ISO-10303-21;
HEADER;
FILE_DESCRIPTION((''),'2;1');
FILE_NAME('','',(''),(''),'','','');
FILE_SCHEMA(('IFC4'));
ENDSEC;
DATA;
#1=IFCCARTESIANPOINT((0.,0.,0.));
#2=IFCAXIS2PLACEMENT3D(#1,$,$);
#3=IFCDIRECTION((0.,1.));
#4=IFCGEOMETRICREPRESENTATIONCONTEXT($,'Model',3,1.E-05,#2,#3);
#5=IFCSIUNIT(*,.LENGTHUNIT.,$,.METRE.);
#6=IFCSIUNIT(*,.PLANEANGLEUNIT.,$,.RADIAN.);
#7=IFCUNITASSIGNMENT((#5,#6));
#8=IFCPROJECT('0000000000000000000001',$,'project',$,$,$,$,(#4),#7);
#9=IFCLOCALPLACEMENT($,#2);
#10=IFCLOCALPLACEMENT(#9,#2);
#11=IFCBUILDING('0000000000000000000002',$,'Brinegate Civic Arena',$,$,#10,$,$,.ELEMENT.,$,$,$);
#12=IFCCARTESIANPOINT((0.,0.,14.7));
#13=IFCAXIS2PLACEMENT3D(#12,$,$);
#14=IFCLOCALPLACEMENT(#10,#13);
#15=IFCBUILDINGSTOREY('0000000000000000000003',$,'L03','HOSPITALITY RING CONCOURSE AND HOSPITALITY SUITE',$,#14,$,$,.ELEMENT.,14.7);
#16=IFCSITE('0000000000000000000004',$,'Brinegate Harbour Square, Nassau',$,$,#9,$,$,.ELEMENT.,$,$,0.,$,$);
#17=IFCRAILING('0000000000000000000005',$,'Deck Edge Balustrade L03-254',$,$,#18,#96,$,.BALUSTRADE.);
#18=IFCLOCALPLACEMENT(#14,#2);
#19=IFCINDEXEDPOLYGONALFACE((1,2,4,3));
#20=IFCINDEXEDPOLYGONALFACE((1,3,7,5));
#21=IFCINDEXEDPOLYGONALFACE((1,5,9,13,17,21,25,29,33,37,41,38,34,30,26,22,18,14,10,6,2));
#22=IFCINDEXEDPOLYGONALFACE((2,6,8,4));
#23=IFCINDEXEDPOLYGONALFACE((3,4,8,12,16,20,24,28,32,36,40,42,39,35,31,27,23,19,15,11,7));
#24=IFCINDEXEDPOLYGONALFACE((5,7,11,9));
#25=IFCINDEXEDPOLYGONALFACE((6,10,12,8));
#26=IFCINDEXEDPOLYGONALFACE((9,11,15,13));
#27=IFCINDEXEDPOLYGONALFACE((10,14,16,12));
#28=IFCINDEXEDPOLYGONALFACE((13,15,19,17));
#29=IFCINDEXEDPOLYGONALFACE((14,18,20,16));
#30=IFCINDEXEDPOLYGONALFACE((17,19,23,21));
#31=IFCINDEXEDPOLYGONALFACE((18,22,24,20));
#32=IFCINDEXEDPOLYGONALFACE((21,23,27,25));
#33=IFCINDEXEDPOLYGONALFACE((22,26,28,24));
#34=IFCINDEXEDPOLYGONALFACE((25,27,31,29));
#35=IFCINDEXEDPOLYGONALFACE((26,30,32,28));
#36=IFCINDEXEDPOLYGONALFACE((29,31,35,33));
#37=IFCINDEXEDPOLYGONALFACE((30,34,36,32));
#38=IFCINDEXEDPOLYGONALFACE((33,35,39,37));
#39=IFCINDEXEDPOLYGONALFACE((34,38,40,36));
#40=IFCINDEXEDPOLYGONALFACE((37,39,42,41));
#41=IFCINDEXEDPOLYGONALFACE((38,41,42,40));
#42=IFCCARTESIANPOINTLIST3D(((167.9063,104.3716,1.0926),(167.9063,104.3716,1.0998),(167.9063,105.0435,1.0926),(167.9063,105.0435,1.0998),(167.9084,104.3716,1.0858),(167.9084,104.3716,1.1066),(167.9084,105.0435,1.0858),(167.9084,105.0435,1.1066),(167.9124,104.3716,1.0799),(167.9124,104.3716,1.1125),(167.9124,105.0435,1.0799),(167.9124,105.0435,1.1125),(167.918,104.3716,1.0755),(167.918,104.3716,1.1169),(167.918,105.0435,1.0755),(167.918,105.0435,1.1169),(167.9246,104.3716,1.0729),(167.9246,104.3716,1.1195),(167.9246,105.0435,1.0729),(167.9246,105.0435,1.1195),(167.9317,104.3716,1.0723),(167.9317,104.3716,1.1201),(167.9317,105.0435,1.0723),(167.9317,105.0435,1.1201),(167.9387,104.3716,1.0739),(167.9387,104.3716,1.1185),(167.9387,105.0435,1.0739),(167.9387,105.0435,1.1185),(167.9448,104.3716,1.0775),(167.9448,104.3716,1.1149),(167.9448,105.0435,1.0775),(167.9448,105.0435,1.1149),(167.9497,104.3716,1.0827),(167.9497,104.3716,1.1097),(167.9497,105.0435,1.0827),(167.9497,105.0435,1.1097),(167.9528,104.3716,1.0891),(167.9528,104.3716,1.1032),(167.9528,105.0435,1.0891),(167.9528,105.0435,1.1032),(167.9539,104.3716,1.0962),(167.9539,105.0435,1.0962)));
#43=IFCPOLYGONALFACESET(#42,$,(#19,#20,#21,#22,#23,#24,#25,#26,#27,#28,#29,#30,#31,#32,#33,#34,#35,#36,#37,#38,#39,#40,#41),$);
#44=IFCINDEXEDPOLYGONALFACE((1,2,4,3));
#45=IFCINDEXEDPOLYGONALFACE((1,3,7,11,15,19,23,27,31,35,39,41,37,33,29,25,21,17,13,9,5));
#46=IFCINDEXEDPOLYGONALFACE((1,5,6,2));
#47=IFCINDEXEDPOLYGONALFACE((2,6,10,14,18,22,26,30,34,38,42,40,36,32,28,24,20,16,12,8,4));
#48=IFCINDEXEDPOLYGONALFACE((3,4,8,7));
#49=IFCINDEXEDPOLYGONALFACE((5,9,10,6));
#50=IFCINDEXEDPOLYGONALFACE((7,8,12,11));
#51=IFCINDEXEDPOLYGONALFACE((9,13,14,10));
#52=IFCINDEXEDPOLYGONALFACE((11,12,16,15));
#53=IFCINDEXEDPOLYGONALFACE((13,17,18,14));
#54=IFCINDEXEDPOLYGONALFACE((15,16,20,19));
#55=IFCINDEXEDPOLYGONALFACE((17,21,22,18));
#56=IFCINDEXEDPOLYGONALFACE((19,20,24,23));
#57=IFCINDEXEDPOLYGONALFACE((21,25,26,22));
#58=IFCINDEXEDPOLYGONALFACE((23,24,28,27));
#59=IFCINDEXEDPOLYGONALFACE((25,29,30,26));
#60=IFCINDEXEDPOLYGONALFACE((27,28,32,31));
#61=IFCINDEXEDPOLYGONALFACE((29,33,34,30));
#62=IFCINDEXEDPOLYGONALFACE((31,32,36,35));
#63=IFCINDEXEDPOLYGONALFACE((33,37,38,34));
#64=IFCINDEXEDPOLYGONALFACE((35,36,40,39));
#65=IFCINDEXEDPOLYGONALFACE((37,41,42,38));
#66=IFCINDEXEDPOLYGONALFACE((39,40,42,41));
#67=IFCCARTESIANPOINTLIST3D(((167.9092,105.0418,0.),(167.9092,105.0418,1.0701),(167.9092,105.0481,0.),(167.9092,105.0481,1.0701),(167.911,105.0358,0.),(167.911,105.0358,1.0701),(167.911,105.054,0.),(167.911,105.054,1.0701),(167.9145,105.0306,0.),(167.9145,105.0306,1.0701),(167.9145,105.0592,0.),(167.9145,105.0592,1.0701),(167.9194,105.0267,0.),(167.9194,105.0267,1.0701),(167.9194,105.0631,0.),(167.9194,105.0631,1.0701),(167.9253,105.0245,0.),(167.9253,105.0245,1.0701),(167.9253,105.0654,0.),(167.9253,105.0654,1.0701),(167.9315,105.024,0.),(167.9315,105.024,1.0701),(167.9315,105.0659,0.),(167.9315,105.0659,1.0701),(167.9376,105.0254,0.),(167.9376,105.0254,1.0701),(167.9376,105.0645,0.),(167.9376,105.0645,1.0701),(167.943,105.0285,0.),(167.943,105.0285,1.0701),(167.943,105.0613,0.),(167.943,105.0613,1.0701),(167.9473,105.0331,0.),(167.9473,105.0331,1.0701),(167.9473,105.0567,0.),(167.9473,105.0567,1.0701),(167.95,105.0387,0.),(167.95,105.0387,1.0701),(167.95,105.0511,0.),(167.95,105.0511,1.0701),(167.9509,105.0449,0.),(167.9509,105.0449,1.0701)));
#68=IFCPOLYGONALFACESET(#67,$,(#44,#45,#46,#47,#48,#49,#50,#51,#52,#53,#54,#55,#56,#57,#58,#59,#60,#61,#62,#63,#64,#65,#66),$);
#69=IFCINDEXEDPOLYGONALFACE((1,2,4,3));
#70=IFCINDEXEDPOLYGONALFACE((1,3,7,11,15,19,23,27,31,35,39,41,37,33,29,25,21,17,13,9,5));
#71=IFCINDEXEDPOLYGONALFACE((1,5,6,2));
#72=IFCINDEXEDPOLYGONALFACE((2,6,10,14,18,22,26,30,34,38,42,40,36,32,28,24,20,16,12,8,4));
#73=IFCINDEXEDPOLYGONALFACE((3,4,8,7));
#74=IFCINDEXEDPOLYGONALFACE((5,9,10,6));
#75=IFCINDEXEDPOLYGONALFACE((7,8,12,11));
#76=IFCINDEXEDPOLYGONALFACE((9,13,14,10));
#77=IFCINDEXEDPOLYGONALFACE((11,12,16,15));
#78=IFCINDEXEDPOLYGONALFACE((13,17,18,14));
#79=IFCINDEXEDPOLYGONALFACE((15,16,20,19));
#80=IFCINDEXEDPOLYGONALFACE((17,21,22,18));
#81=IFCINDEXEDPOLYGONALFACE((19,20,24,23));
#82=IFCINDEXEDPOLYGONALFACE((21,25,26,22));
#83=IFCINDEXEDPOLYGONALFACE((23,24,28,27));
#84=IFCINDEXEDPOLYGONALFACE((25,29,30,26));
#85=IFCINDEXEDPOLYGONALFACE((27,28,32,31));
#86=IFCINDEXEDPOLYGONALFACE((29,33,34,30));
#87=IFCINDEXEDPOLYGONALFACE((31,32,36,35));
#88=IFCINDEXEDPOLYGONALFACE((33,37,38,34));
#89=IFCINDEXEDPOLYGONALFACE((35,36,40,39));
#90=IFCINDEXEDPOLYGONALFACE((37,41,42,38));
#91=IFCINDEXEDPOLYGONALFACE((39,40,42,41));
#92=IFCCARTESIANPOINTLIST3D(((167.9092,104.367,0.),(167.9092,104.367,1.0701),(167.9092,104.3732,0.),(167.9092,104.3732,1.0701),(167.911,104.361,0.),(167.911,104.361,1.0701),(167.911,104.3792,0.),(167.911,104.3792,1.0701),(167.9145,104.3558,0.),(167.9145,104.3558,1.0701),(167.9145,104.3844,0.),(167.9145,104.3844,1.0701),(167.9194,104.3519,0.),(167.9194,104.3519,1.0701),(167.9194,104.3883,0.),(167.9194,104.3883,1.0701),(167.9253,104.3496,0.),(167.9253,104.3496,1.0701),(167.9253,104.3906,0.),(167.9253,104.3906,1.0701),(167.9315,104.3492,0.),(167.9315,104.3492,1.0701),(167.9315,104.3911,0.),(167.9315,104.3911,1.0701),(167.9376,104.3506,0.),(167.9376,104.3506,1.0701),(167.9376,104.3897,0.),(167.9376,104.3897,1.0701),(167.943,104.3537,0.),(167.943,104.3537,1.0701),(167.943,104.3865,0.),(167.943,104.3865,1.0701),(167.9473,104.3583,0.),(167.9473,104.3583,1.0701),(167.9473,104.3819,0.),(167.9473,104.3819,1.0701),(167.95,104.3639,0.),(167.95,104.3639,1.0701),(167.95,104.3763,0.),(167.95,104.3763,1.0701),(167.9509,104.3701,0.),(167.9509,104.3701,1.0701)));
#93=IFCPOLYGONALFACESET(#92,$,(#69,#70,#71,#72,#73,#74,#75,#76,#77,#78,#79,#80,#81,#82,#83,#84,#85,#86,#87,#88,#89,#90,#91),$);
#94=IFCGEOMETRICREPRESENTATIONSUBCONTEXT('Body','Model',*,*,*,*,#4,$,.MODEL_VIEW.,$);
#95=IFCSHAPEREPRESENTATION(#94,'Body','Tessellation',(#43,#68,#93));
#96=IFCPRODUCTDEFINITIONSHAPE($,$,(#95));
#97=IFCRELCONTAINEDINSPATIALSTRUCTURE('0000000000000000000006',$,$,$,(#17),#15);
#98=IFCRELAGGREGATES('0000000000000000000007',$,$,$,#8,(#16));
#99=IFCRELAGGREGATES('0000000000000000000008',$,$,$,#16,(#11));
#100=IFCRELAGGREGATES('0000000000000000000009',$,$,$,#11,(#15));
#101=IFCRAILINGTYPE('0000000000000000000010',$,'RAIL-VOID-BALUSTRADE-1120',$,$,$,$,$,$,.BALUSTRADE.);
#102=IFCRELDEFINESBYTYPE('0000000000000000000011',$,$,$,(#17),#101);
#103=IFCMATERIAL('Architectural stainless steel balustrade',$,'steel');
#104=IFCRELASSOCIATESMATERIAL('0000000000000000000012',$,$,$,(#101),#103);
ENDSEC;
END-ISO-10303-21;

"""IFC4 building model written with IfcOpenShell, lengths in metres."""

from ifc_helpers import new_model, si_unit, direction, frame, origin, origin_2d, place, context, subcontext, project, spatial, circle, extrude, material, type_object, element, save


model = new_model("IFC4")

# Units and contexts
model_context = context("Model", 3, precision=1e-05, world=origin(), true_north=direction((0.0, 1.0)))
body_context = subcontext(model_context, "Body", "Model", "MODEL_VIEW")
ifc_project = project(units=[si_unit("LENGTHUNIT", "METRE"), si_unit("PLANEANGLEUNIT", "RADIAN")], contexts=[model_context])

# Site, building, storey
site_placement = place(None, origin())
site = spatial("IfcSite", under=ifc_project, at=site_placement, Name="Brinegate Harbour Square, Nassau", CompositionType="ELEMENT", RefElevation=0.0)
building_placement = place(site_placement, origin())
building = spatial("IfcBuilding", under=site, at=building_placement, Name="Brinegate Civic Arena", CompositionType="ELEMENT")
storey_placement = place(building_placement, frame((0.0, 0.0, 14.7)))
storey = spatial("IfcBuildingStorey", under=building, at=storey_placement, Name="L03", Description="HOSPITALITY RING CONCOURSE AND HOSPITALITY SUITE", CompositionType="ELEMENT", Elevation=14.7)

# Railing
ifc_material_1 = material(Name="Architectural stainless steel balustrade", Category="steel")
railing_type = type_object("IfcRailingType", Name="RAIL-VOID-BALUSTRADE-1120", PredefinedType="BALUSTRADE", material=ifc_material_1)
railing_1_placement = place(storey_placement, frame((167.9299, 105.0449, 0.0)))
element("IfcRailing", 1, at=railing_1_placement, inside=storey, type_object=railing_type, Name="Deck Edge Balustrade L03-254", PredefinedType="BALUSTRADE", context=body_context, shape_type="SweptSolid", body=[
    extrude(circle(Radius=0.0239, at=origin_2d()), frame((0.0, -0.0015, 1.0962), z_axis=(0.0, -1.0, 0.0), x_axis=(1.0, 0.0, 0.0)), (0.0, 0.0, 1.0), 0.6719),
    extrude(circle(Radius=0.021, at=origin_2d()), origin(), (0.0, 0.0, 1.0), 1.0701),
    extrude(circle(Radius=0.021, at=origin_2d()), frame((0.0, -0.6748, 0.0)), (0.0, 0.0, 1.0), 1.0701),
])

save(model, "model.ifc")
